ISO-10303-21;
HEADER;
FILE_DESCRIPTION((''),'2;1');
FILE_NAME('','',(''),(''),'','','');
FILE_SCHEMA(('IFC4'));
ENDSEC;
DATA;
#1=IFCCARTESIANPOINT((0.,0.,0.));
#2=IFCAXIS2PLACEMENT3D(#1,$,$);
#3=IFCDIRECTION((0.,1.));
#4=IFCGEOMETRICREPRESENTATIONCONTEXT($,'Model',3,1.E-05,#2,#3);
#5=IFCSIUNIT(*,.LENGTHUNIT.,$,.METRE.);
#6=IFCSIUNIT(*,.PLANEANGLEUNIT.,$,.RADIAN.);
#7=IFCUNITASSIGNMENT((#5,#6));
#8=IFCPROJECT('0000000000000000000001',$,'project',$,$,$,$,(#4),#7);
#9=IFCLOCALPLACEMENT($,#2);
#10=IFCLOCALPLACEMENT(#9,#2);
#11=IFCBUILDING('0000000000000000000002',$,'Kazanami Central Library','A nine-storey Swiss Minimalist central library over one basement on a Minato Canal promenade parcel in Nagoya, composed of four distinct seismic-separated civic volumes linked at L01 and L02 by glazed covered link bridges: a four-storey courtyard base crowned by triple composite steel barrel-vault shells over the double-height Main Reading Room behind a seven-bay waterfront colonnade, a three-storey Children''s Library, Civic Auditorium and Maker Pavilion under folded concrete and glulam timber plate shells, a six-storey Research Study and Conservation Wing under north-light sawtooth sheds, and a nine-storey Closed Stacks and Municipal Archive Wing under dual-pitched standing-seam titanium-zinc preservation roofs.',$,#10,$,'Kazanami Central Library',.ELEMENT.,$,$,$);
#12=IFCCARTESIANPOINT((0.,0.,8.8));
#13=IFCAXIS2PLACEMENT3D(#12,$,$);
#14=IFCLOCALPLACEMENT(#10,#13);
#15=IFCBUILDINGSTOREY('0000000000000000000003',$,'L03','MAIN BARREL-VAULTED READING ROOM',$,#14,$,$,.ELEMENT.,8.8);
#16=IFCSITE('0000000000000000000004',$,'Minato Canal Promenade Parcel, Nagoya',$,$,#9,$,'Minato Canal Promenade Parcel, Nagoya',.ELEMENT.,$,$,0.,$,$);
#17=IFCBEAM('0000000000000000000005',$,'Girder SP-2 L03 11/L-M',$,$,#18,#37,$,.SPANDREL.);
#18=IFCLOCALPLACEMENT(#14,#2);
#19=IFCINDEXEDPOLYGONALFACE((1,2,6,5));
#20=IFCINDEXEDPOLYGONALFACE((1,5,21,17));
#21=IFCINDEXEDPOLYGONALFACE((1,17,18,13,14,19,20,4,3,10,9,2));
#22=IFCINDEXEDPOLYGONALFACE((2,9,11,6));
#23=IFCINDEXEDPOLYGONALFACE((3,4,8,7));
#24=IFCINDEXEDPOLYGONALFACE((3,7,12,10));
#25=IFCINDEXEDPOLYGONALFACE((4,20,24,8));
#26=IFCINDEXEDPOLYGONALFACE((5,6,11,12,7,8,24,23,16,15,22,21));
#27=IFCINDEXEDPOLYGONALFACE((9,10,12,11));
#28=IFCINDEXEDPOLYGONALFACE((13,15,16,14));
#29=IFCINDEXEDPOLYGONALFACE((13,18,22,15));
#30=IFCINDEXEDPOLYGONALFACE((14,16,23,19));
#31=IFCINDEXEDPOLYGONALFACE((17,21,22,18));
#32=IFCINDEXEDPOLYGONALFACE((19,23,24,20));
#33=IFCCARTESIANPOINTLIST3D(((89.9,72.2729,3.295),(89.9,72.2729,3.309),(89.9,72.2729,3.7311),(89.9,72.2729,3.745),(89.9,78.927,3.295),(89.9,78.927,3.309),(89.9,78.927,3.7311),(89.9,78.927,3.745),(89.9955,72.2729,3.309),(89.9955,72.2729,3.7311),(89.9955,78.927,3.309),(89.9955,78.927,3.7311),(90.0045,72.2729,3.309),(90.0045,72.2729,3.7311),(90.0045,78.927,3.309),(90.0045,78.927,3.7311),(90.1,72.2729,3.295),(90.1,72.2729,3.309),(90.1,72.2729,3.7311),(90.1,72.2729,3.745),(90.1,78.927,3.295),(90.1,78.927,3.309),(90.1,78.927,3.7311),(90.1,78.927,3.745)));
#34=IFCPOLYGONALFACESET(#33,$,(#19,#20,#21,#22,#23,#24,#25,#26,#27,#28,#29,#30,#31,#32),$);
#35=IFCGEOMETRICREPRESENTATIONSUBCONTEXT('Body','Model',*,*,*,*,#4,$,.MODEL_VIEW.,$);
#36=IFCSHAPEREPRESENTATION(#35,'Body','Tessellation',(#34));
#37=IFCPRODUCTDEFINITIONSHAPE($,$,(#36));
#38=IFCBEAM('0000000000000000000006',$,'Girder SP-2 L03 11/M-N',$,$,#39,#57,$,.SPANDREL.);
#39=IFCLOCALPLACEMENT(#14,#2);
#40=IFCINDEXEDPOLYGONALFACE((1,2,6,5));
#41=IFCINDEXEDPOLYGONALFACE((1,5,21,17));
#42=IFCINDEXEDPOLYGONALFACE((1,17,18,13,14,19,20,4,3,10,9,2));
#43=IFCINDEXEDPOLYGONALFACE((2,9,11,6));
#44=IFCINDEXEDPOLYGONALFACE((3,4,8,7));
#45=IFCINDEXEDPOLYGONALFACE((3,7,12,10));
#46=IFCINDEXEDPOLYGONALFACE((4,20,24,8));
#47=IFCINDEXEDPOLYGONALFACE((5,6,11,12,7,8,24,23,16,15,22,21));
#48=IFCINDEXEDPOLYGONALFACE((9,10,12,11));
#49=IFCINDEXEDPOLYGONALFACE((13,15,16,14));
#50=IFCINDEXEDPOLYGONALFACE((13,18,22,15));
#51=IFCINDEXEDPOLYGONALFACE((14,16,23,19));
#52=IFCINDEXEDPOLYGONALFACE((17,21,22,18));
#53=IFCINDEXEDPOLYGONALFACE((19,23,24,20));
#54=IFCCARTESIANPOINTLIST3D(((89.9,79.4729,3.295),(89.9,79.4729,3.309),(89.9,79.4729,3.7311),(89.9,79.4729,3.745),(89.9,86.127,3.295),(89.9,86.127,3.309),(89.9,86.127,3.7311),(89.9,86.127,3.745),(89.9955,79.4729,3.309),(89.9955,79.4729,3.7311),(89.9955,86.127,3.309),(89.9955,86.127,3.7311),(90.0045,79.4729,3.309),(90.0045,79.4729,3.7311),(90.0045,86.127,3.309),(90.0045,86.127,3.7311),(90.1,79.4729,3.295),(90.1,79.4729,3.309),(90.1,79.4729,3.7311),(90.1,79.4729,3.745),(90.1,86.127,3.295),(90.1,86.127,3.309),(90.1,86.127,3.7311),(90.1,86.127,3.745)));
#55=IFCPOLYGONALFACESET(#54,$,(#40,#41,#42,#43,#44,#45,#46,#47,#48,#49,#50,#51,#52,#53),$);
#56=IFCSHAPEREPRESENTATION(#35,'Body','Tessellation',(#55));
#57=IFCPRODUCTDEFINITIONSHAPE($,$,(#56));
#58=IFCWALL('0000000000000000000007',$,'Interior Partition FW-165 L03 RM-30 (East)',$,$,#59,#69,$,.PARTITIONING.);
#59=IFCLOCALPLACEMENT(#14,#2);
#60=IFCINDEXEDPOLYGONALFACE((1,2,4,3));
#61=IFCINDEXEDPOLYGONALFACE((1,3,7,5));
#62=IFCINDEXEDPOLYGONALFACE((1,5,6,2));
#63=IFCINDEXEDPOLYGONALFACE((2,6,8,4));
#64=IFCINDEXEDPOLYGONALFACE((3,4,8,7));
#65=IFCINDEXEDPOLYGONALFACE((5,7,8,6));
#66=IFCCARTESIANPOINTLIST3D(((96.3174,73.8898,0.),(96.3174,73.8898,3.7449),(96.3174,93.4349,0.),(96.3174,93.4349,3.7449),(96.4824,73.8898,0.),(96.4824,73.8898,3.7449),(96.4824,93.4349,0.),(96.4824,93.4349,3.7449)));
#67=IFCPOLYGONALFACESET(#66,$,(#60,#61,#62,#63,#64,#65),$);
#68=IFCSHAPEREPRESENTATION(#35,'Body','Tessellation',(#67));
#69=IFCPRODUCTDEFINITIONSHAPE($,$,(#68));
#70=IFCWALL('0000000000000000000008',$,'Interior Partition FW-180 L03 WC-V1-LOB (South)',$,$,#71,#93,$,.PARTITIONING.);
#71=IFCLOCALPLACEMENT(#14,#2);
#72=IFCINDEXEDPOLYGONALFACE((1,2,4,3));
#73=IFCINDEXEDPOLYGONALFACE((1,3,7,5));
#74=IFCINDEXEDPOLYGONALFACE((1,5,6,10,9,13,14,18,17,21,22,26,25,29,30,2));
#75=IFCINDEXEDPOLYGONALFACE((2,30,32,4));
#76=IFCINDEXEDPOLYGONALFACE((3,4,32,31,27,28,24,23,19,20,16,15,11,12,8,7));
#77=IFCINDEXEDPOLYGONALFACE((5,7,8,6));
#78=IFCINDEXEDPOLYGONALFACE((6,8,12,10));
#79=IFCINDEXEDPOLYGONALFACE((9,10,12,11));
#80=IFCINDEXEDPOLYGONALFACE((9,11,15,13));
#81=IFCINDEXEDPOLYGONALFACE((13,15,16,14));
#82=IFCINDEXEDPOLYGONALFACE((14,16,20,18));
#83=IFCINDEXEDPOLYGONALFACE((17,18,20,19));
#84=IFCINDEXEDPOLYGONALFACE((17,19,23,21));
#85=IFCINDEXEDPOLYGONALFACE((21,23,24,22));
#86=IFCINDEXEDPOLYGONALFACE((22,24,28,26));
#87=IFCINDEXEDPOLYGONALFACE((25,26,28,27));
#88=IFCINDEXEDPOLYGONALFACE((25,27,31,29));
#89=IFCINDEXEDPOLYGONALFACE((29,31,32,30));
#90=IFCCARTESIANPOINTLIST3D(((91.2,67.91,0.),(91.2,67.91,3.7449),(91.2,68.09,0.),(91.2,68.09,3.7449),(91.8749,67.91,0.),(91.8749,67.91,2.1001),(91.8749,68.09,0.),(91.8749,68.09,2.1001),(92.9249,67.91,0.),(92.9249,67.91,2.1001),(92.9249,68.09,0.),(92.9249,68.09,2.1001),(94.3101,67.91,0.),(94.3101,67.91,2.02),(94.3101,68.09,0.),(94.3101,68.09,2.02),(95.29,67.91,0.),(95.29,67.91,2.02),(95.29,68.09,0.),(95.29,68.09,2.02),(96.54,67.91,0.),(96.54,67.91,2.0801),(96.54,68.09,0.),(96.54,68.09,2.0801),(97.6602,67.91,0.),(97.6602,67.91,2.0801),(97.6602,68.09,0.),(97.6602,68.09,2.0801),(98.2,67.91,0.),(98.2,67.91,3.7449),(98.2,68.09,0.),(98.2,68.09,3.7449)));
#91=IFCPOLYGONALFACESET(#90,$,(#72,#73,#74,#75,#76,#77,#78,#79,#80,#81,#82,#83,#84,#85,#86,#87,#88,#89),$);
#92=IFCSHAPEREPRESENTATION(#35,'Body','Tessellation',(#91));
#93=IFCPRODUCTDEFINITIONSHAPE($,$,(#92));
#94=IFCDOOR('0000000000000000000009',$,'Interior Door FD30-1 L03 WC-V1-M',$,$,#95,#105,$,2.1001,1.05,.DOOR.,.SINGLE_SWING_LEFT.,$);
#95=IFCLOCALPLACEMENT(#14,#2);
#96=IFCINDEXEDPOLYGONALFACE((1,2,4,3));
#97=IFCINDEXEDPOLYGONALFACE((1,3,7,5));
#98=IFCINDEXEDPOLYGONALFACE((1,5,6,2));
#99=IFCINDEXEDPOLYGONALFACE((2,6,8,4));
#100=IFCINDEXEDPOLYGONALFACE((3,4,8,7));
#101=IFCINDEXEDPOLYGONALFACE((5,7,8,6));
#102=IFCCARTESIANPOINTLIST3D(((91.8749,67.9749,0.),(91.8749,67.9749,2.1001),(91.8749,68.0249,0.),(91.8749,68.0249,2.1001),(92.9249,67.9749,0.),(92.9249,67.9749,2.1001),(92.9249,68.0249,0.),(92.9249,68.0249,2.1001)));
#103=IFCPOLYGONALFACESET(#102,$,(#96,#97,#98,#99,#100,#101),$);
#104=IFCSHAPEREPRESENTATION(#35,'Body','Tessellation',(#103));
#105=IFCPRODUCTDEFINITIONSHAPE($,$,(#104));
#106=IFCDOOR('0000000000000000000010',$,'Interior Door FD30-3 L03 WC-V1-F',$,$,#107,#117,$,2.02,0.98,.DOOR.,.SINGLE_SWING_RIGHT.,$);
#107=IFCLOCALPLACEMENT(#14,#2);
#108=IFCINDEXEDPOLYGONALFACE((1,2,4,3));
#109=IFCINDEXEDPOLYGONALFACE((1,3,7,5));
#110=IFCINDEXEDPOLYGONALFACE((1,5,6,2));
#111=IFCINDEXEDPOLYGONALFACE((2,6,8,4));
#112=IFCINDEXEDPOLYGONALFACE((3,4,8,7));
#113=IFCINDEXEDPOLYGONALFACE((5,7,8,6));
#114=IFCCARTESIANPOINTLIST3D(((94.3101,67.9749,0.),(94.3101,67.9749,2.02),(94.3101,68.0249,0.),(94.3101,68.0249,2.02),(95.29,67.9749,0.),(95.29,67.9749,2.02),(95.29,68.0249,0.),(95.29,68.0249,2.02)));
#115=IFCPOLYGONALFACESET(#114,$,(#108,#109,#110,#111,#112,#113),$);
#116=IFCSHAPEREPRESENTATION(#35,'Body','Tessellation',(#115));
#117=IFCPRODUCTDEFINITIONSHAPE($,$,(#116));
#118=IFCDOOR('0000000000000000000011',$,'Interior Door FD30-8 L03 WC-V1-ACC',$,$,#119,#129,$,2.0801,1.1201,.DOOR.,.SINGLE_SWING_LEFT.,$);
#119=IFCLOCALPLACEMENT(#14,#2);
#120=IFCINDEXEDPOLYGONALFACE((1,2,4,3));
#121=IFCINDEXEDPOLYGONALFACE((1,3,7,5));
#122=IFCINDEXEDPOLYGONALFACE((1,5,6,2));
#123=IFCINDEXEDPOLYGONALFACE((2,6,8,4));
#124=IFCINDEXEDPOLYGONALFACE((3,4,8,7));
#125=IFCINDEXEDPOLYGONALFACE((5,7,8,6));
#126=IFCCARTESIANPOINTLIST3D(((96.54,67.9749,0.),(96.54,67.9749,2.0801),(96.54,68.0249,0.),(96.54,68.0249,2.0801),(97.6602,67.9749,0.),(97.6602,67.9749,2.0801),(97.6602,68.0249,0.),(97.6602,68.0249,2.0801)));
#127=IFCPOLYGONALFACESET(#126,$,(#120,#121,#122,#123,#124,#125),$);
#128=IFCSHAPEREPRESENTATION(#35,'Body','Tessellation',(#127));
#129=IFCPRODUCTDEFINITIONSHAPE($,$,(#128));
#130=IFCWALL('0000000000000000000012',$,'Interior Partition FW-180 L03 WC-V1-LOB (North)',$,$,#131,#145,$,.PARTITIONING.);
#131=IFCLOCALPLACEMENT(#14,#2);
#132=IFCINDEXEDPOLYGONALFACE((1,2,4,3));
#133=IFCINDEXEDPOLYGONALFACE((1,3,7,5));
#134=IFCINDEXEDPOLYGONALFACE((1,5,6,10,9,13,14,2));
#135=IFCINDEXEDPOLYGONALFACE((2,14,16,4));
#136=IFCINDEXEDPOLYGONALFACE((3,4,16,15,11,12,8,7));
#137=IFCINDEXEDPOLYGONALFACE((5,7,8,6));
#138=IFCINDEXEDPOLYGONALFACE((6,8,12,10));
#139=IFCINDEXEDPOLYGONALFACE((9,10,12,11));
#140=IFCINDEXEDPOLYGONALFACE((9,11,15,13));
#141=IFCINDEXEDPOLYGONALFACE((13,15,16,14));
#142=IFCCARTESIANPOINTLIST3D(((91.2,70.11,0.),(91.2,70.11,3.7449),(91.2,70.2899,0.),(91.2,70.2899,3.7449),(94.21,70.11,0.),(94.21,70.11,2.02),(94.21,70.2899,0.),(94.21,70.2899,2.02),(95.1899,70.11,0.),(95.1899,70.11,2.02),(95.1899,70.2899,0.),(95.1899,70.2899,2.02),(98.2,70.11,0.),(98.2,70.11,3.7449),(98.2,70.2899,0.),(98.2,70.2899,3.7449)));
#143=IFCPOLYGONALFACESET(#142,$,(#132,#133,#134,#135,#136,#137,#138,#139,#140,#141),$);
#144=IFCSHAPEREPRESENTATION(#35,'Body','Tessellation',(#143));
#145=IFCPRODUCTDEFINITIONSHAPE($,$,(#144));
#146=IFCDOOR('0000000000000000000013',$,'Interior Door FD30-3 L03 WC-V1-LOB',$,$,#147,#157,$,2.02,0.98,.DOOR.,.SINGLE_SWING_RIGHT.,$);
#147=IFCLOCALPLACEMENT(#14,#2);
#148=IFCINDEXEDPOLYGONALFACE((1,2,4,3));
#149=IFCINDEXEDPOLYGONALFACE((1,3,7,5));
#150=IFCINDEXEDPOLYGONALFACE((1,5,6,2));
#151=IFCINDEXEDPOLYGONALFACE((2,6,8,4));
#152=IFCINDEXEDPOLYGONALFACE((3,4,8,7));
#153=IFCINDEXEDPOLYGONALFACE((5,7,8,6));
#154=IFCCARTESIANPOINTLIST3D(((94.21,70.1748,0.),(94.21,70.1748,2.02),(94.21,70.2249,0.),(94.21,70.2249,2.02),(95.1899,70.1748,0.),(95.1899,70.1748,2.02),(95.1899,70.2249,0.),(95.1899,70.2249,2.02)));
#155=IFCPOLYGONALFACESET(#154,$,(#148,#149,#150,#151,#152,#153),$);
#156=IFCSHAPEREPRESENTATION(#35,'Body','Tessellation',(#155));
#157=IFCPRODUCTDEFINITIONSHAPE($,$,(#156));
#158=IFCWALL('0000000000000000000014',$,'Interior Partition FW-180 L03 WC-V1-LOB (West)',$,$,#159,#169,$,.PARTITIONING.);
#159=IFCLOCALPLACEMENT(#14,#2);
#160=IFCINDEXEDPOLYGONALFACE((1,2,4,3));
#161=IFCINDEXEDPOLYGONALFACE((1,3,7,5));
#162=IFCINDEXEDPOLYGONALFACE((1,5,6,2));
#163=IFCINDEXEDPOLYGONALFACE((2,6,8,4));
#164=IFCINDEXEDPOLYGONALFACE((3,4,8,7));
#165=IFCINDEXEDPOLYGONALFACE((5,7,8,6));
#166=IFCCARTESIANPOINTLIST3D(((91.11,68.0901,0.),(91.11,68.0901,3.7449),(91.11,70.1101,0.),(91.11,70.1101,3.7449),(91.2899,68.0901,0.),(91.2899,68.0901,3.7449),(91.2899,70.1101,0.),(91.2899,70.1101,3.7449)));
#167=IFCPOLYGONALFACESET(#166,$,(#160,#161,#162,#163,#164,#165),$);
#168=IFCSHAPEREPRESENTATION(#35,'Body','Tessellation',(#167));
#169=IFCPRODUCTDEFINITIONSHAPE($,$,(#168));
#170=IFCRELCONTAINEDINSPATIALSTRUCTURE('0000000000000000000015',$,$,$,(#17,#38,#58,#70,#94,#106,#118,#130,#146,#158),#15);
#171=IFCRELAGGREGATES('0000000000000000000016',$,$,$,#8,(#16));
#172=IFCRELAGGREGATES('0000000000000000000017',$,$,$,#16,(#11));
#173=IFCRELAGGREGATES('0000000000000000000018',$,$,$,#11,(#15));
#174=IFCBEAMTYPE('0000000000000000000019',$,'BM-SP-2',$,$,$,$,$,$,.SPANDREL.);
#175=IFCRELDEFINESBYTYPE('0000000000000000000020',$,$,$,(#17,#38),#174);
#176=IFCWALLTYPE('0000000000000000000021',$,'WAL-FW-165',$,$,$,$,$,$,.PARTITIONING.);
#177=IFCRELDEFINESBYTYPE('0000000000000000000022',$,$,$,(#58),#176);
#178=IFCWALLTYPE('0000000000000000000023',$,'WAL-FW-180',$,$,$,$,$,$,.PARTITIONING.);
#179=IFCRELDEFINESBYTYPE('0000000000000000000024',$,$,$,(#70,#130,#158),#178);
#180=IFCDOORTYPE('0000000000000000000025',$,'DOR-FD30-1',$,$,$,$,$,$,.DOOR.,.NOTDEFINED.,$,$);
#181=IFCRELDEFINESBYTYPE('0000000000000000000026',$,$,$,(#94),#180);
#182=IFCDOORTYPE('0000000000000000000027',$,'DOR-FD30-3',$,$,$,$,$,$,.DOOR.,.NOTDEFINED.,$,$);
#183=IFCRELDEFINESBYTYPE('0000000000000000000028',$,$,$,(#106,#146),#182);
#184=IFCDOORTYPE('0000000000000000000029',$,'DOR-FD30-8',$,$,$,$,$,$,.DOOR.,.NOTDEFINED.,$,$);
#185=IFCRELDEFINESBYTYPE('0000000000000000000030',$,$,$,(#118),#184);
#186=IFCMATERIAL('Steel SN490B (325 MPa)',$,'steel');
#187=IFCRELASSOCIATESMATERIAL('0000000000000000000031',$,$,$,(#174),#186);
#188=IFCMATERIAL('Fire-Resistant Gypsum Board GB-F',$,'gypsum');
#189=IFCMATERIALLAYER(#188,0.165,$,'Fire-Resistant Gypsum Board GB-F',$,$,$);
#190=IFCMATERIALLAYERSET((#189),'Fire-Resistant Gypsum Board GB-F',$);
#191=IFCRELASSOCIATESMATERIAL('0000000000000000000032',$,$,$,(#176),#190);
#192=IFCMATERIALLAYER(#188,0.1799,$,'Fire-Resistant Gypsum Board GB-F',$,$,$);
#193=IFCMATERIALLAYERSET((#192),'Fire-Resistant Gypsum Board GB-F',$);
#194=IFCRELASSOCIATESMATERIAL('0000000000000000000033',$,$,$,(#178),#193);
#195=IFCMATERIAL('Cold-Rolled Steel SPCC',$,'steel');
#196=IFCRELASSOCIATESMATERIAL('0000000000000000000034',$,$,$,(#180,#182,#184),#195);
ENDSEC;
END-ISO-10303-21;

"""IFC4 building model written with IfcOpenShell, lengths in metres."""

from ifc_helpers import new_model, si_unit, direction, frame, frame_2d, origin, origin_2d, place, context, subcontext, project, spatial, rectangle, i_section, extrude, material, layer, layer_set, material_profile, profile_set, type_object, element, fill, save


model = new_model("IFC4")

# Units and contexts
model_context = context("Model", 3, precision=1e-05, world=origin(), true_north=direction((0.0, 1.0)))
body_context = subcontext(model_context, "Body", "Model", "MODEL_VIEW")
ifc_project = project(units=[si_unit("LENGTHUNIT", "METRE"), si_unit("PLANEANGLEUNIT", "RADIAN")], contexts=[model_context])

# Site, building, storey
site_placement = place(None, origin())
site = spatial("IfcSite", under=ifc_project, at=site_placement, Name="Minato Canal Promenade Parcel, Nagoya", LongName="Minato Canal Promenade Parcel, Nagoya", CompositionType="ELEMENT", RefElevation=0.0)
building_placement = place(site_placement, origin())
building = spatial("IfcBuilding", under=site, at=building_placement, Name="Kazanami Central Library", Description="A nine-storey Swiss Minimalist central library over one basement on a Minato Canal promenade parcel in Nagoya, composed of four distinct seismic-separated civic volumes linked at L01 and L02 by glazed covered link bridges: a four-storey courtyard base crowned by triple composite steel barrel-vault shells over the double-height Main Reading Room behind a seven-bay waterfront colonnade, a three-storey Children's Library, Civic Auditorium and Maker Pavilion under folded concrete and glulam timber plate shells, a six-storey Research Study and Conservation Wing under north-light sawtooth sheds, and a nine-storey Closed Stacks and Municipal Archive Wing under dual-pitched standing-seam titanium-zinc preservation roofs.", LongName="Kazanami Central Library", CompositionType="ELEMENT")
storey_placement = place(building_placement, frame((0.0, 0.0, 8.8)))
storey = spatial("IfcBuildingStorey", under=building, at=storey_placement, Name="L03", Description="MAIN BARREL-VAULTED READING ROOM", CompositionType="ELEMENT", Elevation=8.8)

# Beams
ifc_material_1 = material(Name="Steel SN490B (325 MPa)", Category="steel")
ifc_material_profile_1 = material_profile(ifc_material_1, i_section(OverallWidth=0.2, OverallDepth=0.45, WebThickness=0.009, FlangeThickness=0.0139, at=origin_2d()), Name="H-450x200x9x14")
ifc_profile_set_1 = profile_set([ifc_material_profile_1], Name="Steel SN490B (325 MPa)")
beam_type_1 = type_object("IfcBeamType", Name="BM-SP-2", PredefinedType="SPANDREL", material=ifc_profile_set_1)
for number, where, z_axis, x_axis, name in (
    (1, (90.0, 72.2729, 3.52), (0.0, 1.0, 0.0), (-1.0, 0.0, 0.0), "Girder SP-2 L03 11/L-M"),
    (2, (90.0, 79.4729, 3.52), (0.0, 1.0, 0.0), (-1.0, 0.0, 0.0), "Girder SP-2 L03 11/M-N"),
):
    element("IfcBeam", number, at=place(storey_placement, frame(where, z_axis=z_axis, x_axis=x_axis)), inside=storey, type_object=beam_type_1, Name=name, PredefinedType="SPANDREL", context=body_context, shape_type="SweptSolid", body=[
        extrude(i_section(OverallWidth=0.2, OverallDepth=0.45, WebThickness=0.009, FlangeThickness=0.0139, at=origin_2d()), origin(), (0.0, 0.0, 1.0), 6.6541),
    ])

# Wall
ifc_material_2 = material(Name="Fire-Resistant Gypsum Board GB-F", Category="gypsum")
ifc_layer_1 = layer(ifc_material_2, 0.165, Name="Fire-Resistant Gypsum Board GB-F")
ifc_layer_set_1 = layer_set([ifc_layer_1], Name="Fire-Resistant Gypsum Board GB-F")
wall_type_1 = type_object("IfcWallType", Name="WAL-FW-165", PredefinedType="PARTITIONING", material=ifc_layer_set_1)
wall_1_placement = place(storey_placement, frame((96.3999, 73.8899, 0.0), z_axis=(0.0, 0.0, 1.0), x_axis=(0.0, 1.0, 0.0)))
element("IfcWall", 3, at=wall_1_placement, inside=storey, type_object=wall_type_1, Name="Interior Partition FW-165 L03 RM-30 (East)", PredefinedType="PARTITIONING", context=body_context, shape_type="SweptSolid", body=[
    extrude(rectangle(XDim=19.5452, YDim=0.165, at=frame_2d((9.7725, 0.0))), origin(), (0.0, 0.0, 1.0), 3.7449),
])

# Wall, openings, doors
ifc_layer_2 = layer(ifc_material_2, 0.1799, Name="Fire-Resistant Gypsum Board GB-F")
ifc_layer_set_2 = layer_set([ifc_layer_2], Name="Fire-Resistant Gypsum Board GB-F")
wall_type_2 = type_object("IfcWallType", Name="WAL-FW-180", PredefinedType="PARTITIONING", material=ifc_layer_set_2)
wall_2_placement = place(storey_placement, frame((91.2, 68.0, 0.0), z_axis=(0.0, 0.0, 1.0), x_axis=(1.0, 0.0, 0.0)))
wall_2 = element("IfcWall", 4, at=wall_2_placement, inside=storey, type_object=wall_type_2, Name="Interior Partition FW-180 L03 WC-V1-LOB (South)", PredefinedType="PARTITIONING", context=body_context, shape_type="SweptSolid", body=[
    extrude(rectangle(XDim=7.0, YDim=0.1799, at=frame_2d((3.5, 0.0))), origin(), (0.0, 0.0, 1.0), 3.7449),
])
opening_1_placement = place(wall_2_placement, frame((0.675, 0.0, 0.0)))
opening_1 = element("IfcOpeningElement", 5, at=opening_1_placement, cuts=wall_2, PredefinedType="OPENING", context=body_context, shape_type="SweptSolid", body=[
    extrude(rectangle(XDim=1.05, YDim=2.1001, at=frame_2d((0.5249, 1.05))), frame((0.0, 0.1021, 0.0), z_axis=(0.0, -1.0, 0.0), x_axis=(1.0, 0.0, 0.0)), (0.0, 0.0, 1.0), 0.2039),
])
opening_2_placement = place(wall_2_placement, frame((3.1101, 0.0, 0.0)))
opening_2 = element("IfcOpeningElement", 6, at=opening_2_placement, cuts=wall_2, PredefinedType="OPENING", context=body_context, shape_type="SweptSolid", body=[
    extrude(rectangle(XDim=0.98, YDim=2.02, at=frame_2d((0.49, 1.01))), frame((0.0, 0.1021, 0.0), z_axis=(0.0, -1.0, 0.0), x_axis=(1.0, 0.0, 0.0)), (0.0, 0.0, 1.0), 0.2039),
])
opening_3_placement = place(wall_2_placement, frame((5.3401, 0.0, 0.0)))
opening_3 = element("IfcOpeningElement", 7, at=opening_3_placement, cuts=wall_2, PredefinedType="OPENING", context=body_context, shape_type="SweptSolid", body=[
    extrude(rectangle(XDim=1.1201, YDim=2.0801, at=frame_2d((0.5601, 1.04))), frame((0.0, 0.1021, 0.0), z_axis=(0.0, -1.0, 0.0), x_axis=(1.0, 0.0, 0.0)), (0.0, 0.0, 1.0), 0.2039),
])
ifc_material_3 = material(Name="Cold-Rolled Steel SPCC", Category="steel")
door_type_1 = type_object("IfcDoorType", Name="DOR-FD30-1", OperationType="NOTDEFINED", PredefinedType="DOOR", material=ifc_material_3)
door_1_placement = place(opening_1_placement, origin())
door_1 = element("IfcDoor", 8, at=door_1_placement, inside=storey, type_object=door_type_1, Name="Interior Door FD30-1 L03 WC-V1-M", OperationType="SINGLE_SWING_LEFT", OverallHeight=2.1001, OverallWidth=1.05, PredefinedType="DOOR", context=body_context, shape_type="SweptSolid", body=[
    extrude(rectangle(XDim=1.05, YDim=2.1001, at=frame_2d((0.5249, 1.05))), frame((0.0, 0.0249, 0.0), z_axis=(0.0, -1.0, 0.0), x_axis=(1.0, 0.0, 0.0)), (0.0, 0.0, 1.0), 0.05),
])
fill(opening_1, door_1)
door_type_2 = type_object("IfcDoorType", Name="DOR-FD30-3", OperationType="NOTDEFINED", PredefinedType="DOOR", material=ifc_material_3)
door_2_placement = place(opening_2_placement, origin())
door_2 = element("IfcDoor", 9, at=door_2_placement, inside=storey, type_object=door_type_2, Name="Interior Door FD30-3 L03 WC-V1-F", OperationType="SINGLE_SWING_RIGHT", OverallHeight=2.02, OverallWidth=0.98, PredefinedType="DOOR", context=body_context, shape_type="SweptSolid", body=[
    extrude(rectangle(XDim=0.98, YDim=2.02, at=frame_2d((0.49, 1.01))), frame((0.0, 0.0249, 0.0), z_axis=(0.0, -1.0, 0.0), x_axis=(1.0, 0.0, 0.0)), (0.0, 0.0, 1.0), 0.05),
])
fill(opening_2, door_2)
door_type_3 = type_object("IfcDoorType", Name="DOR-FD30-8", OperationType="NOTDEFINED", PredefinedType="DOOR", material=ifc_material_3)
door_3_placement = place(opening_3_placement, origin())
door_3 = element("IfcDoor", 10, at=door_3_placement, inside=storey, type_object=door_type_3, Name="Interior Door FD30-8 L03 WC-V1-ACC", OperationType="SINGLE_SWING_LEFT", OverallHeight=2.0801, OverallWidth=1.1201, PredefinedType="DOOR", context=body_context, shape_type="SweptSolid", body=[
    extrude(rectangle(XDim=1.1201, YDim=2.0801, at=frame_2d((0.5601, 1.04))), frame((0.0, 0.0249, 0.0), z_axis=(0.0, -1.0, 0.0), x_axis=(1.0, 0.0, 0.0)), (0.0, 0.0, 1.0), 0.05),
])
fill(opening_3, door_3)

# Wall, opening, door
wall_3_placement = place(storey_placement, frame((91.2, 70.2, 0.0), z_axis=(0.0, 0.0, 1.0), x_axis=(1.0, 0.0, 0.0)))
wall_3 = element("IfcWall", 11, at=wall_3_placement, inside=storey, type_object=wall_type_2, Name="Interior Partition FW-180 L03 WC-V1-LOB (North)", PredefinedType="PARTITIONING", context=body_context, shape_type="SweptSolid", body=[
    extrude(rectangle(XDim=7.0, YDim=0.1799, at=frame_2d((3.5, 0.0))), origin(), (0.0, 0.0, 1.0), 3.7449),
])
opening_4_placement = place(wall_3_placement, frame((3.01, 0.0, 0.0)))
opening_4 = element("IfcOpeningElement", 12, at=opening_4_placement, cuts=wall_3, PredefinedType="OPENING", context=body_context, shape_type="SweptSolid", body=[
    extrude(rectangle(XDim=0.98, YDim=2.02, at=frame_2d((0.49, 1.01))), frame((0.0, 0.1021, 0.0), z_axis=(0.0, -1.0, 0.0), x_axis=(1.0, 0.0, 0.0)), (0.0, 0.0, 1.0), 0.2039),
])
door_4_placement = place(opening_4_placement, origin())
door_4 = element("IfcDoor", 13, at=door_4_placement, inside=storey, type_object=door_type_2, Name="Interior Door FD30-3 L03 WC-V1-LOB", OperationType="SINGLE_SWING_RIGHT", OverallHeight=2.02, OverallWidth=0.98, PredefinedType="DOOR", context=body_context, shape_type="SweptSolid", body=[
    extrude(rectangle(XDim=0.98, YDim=2.02, at=frame_2d((0.49, 1.01))), frame((0.0, 0.0249, 0.0), z_axis=(0.0, -1.0, 0.0), x_axis=(1.0, 0.0, 0.0)), (0.0, 0.0, 1.0), 0.05),
])
fill(opening_4, door_4)

# Wall
for number, where, z_axis, x_axis, name in (
    (14, (91.2, 68.0901, 0.0), (0.0, 0.0, 1.0), (0.0, 1.0, 0.0), "Interior Partition FW-180 L03 WC-V1-LOB (West)"),
):
    element("IfcWall", number, at=place(storey_placement, frame(where, z_axis=z_axis, x_axis=x_axis)), inside=storey, type_object=wall_type_2, Name=name, PredefinedType="PARTITIONING", context=body_context, shape_type="SweptSolid", body=[
        extrude(rectangle(XDim=2.02, YDim=0.1799, at=frame_2d((1.01, 0.0))), origin(), (0.0, 0.0, 1.0), 3.7449),
    ])

save(model, "model.ifc")
